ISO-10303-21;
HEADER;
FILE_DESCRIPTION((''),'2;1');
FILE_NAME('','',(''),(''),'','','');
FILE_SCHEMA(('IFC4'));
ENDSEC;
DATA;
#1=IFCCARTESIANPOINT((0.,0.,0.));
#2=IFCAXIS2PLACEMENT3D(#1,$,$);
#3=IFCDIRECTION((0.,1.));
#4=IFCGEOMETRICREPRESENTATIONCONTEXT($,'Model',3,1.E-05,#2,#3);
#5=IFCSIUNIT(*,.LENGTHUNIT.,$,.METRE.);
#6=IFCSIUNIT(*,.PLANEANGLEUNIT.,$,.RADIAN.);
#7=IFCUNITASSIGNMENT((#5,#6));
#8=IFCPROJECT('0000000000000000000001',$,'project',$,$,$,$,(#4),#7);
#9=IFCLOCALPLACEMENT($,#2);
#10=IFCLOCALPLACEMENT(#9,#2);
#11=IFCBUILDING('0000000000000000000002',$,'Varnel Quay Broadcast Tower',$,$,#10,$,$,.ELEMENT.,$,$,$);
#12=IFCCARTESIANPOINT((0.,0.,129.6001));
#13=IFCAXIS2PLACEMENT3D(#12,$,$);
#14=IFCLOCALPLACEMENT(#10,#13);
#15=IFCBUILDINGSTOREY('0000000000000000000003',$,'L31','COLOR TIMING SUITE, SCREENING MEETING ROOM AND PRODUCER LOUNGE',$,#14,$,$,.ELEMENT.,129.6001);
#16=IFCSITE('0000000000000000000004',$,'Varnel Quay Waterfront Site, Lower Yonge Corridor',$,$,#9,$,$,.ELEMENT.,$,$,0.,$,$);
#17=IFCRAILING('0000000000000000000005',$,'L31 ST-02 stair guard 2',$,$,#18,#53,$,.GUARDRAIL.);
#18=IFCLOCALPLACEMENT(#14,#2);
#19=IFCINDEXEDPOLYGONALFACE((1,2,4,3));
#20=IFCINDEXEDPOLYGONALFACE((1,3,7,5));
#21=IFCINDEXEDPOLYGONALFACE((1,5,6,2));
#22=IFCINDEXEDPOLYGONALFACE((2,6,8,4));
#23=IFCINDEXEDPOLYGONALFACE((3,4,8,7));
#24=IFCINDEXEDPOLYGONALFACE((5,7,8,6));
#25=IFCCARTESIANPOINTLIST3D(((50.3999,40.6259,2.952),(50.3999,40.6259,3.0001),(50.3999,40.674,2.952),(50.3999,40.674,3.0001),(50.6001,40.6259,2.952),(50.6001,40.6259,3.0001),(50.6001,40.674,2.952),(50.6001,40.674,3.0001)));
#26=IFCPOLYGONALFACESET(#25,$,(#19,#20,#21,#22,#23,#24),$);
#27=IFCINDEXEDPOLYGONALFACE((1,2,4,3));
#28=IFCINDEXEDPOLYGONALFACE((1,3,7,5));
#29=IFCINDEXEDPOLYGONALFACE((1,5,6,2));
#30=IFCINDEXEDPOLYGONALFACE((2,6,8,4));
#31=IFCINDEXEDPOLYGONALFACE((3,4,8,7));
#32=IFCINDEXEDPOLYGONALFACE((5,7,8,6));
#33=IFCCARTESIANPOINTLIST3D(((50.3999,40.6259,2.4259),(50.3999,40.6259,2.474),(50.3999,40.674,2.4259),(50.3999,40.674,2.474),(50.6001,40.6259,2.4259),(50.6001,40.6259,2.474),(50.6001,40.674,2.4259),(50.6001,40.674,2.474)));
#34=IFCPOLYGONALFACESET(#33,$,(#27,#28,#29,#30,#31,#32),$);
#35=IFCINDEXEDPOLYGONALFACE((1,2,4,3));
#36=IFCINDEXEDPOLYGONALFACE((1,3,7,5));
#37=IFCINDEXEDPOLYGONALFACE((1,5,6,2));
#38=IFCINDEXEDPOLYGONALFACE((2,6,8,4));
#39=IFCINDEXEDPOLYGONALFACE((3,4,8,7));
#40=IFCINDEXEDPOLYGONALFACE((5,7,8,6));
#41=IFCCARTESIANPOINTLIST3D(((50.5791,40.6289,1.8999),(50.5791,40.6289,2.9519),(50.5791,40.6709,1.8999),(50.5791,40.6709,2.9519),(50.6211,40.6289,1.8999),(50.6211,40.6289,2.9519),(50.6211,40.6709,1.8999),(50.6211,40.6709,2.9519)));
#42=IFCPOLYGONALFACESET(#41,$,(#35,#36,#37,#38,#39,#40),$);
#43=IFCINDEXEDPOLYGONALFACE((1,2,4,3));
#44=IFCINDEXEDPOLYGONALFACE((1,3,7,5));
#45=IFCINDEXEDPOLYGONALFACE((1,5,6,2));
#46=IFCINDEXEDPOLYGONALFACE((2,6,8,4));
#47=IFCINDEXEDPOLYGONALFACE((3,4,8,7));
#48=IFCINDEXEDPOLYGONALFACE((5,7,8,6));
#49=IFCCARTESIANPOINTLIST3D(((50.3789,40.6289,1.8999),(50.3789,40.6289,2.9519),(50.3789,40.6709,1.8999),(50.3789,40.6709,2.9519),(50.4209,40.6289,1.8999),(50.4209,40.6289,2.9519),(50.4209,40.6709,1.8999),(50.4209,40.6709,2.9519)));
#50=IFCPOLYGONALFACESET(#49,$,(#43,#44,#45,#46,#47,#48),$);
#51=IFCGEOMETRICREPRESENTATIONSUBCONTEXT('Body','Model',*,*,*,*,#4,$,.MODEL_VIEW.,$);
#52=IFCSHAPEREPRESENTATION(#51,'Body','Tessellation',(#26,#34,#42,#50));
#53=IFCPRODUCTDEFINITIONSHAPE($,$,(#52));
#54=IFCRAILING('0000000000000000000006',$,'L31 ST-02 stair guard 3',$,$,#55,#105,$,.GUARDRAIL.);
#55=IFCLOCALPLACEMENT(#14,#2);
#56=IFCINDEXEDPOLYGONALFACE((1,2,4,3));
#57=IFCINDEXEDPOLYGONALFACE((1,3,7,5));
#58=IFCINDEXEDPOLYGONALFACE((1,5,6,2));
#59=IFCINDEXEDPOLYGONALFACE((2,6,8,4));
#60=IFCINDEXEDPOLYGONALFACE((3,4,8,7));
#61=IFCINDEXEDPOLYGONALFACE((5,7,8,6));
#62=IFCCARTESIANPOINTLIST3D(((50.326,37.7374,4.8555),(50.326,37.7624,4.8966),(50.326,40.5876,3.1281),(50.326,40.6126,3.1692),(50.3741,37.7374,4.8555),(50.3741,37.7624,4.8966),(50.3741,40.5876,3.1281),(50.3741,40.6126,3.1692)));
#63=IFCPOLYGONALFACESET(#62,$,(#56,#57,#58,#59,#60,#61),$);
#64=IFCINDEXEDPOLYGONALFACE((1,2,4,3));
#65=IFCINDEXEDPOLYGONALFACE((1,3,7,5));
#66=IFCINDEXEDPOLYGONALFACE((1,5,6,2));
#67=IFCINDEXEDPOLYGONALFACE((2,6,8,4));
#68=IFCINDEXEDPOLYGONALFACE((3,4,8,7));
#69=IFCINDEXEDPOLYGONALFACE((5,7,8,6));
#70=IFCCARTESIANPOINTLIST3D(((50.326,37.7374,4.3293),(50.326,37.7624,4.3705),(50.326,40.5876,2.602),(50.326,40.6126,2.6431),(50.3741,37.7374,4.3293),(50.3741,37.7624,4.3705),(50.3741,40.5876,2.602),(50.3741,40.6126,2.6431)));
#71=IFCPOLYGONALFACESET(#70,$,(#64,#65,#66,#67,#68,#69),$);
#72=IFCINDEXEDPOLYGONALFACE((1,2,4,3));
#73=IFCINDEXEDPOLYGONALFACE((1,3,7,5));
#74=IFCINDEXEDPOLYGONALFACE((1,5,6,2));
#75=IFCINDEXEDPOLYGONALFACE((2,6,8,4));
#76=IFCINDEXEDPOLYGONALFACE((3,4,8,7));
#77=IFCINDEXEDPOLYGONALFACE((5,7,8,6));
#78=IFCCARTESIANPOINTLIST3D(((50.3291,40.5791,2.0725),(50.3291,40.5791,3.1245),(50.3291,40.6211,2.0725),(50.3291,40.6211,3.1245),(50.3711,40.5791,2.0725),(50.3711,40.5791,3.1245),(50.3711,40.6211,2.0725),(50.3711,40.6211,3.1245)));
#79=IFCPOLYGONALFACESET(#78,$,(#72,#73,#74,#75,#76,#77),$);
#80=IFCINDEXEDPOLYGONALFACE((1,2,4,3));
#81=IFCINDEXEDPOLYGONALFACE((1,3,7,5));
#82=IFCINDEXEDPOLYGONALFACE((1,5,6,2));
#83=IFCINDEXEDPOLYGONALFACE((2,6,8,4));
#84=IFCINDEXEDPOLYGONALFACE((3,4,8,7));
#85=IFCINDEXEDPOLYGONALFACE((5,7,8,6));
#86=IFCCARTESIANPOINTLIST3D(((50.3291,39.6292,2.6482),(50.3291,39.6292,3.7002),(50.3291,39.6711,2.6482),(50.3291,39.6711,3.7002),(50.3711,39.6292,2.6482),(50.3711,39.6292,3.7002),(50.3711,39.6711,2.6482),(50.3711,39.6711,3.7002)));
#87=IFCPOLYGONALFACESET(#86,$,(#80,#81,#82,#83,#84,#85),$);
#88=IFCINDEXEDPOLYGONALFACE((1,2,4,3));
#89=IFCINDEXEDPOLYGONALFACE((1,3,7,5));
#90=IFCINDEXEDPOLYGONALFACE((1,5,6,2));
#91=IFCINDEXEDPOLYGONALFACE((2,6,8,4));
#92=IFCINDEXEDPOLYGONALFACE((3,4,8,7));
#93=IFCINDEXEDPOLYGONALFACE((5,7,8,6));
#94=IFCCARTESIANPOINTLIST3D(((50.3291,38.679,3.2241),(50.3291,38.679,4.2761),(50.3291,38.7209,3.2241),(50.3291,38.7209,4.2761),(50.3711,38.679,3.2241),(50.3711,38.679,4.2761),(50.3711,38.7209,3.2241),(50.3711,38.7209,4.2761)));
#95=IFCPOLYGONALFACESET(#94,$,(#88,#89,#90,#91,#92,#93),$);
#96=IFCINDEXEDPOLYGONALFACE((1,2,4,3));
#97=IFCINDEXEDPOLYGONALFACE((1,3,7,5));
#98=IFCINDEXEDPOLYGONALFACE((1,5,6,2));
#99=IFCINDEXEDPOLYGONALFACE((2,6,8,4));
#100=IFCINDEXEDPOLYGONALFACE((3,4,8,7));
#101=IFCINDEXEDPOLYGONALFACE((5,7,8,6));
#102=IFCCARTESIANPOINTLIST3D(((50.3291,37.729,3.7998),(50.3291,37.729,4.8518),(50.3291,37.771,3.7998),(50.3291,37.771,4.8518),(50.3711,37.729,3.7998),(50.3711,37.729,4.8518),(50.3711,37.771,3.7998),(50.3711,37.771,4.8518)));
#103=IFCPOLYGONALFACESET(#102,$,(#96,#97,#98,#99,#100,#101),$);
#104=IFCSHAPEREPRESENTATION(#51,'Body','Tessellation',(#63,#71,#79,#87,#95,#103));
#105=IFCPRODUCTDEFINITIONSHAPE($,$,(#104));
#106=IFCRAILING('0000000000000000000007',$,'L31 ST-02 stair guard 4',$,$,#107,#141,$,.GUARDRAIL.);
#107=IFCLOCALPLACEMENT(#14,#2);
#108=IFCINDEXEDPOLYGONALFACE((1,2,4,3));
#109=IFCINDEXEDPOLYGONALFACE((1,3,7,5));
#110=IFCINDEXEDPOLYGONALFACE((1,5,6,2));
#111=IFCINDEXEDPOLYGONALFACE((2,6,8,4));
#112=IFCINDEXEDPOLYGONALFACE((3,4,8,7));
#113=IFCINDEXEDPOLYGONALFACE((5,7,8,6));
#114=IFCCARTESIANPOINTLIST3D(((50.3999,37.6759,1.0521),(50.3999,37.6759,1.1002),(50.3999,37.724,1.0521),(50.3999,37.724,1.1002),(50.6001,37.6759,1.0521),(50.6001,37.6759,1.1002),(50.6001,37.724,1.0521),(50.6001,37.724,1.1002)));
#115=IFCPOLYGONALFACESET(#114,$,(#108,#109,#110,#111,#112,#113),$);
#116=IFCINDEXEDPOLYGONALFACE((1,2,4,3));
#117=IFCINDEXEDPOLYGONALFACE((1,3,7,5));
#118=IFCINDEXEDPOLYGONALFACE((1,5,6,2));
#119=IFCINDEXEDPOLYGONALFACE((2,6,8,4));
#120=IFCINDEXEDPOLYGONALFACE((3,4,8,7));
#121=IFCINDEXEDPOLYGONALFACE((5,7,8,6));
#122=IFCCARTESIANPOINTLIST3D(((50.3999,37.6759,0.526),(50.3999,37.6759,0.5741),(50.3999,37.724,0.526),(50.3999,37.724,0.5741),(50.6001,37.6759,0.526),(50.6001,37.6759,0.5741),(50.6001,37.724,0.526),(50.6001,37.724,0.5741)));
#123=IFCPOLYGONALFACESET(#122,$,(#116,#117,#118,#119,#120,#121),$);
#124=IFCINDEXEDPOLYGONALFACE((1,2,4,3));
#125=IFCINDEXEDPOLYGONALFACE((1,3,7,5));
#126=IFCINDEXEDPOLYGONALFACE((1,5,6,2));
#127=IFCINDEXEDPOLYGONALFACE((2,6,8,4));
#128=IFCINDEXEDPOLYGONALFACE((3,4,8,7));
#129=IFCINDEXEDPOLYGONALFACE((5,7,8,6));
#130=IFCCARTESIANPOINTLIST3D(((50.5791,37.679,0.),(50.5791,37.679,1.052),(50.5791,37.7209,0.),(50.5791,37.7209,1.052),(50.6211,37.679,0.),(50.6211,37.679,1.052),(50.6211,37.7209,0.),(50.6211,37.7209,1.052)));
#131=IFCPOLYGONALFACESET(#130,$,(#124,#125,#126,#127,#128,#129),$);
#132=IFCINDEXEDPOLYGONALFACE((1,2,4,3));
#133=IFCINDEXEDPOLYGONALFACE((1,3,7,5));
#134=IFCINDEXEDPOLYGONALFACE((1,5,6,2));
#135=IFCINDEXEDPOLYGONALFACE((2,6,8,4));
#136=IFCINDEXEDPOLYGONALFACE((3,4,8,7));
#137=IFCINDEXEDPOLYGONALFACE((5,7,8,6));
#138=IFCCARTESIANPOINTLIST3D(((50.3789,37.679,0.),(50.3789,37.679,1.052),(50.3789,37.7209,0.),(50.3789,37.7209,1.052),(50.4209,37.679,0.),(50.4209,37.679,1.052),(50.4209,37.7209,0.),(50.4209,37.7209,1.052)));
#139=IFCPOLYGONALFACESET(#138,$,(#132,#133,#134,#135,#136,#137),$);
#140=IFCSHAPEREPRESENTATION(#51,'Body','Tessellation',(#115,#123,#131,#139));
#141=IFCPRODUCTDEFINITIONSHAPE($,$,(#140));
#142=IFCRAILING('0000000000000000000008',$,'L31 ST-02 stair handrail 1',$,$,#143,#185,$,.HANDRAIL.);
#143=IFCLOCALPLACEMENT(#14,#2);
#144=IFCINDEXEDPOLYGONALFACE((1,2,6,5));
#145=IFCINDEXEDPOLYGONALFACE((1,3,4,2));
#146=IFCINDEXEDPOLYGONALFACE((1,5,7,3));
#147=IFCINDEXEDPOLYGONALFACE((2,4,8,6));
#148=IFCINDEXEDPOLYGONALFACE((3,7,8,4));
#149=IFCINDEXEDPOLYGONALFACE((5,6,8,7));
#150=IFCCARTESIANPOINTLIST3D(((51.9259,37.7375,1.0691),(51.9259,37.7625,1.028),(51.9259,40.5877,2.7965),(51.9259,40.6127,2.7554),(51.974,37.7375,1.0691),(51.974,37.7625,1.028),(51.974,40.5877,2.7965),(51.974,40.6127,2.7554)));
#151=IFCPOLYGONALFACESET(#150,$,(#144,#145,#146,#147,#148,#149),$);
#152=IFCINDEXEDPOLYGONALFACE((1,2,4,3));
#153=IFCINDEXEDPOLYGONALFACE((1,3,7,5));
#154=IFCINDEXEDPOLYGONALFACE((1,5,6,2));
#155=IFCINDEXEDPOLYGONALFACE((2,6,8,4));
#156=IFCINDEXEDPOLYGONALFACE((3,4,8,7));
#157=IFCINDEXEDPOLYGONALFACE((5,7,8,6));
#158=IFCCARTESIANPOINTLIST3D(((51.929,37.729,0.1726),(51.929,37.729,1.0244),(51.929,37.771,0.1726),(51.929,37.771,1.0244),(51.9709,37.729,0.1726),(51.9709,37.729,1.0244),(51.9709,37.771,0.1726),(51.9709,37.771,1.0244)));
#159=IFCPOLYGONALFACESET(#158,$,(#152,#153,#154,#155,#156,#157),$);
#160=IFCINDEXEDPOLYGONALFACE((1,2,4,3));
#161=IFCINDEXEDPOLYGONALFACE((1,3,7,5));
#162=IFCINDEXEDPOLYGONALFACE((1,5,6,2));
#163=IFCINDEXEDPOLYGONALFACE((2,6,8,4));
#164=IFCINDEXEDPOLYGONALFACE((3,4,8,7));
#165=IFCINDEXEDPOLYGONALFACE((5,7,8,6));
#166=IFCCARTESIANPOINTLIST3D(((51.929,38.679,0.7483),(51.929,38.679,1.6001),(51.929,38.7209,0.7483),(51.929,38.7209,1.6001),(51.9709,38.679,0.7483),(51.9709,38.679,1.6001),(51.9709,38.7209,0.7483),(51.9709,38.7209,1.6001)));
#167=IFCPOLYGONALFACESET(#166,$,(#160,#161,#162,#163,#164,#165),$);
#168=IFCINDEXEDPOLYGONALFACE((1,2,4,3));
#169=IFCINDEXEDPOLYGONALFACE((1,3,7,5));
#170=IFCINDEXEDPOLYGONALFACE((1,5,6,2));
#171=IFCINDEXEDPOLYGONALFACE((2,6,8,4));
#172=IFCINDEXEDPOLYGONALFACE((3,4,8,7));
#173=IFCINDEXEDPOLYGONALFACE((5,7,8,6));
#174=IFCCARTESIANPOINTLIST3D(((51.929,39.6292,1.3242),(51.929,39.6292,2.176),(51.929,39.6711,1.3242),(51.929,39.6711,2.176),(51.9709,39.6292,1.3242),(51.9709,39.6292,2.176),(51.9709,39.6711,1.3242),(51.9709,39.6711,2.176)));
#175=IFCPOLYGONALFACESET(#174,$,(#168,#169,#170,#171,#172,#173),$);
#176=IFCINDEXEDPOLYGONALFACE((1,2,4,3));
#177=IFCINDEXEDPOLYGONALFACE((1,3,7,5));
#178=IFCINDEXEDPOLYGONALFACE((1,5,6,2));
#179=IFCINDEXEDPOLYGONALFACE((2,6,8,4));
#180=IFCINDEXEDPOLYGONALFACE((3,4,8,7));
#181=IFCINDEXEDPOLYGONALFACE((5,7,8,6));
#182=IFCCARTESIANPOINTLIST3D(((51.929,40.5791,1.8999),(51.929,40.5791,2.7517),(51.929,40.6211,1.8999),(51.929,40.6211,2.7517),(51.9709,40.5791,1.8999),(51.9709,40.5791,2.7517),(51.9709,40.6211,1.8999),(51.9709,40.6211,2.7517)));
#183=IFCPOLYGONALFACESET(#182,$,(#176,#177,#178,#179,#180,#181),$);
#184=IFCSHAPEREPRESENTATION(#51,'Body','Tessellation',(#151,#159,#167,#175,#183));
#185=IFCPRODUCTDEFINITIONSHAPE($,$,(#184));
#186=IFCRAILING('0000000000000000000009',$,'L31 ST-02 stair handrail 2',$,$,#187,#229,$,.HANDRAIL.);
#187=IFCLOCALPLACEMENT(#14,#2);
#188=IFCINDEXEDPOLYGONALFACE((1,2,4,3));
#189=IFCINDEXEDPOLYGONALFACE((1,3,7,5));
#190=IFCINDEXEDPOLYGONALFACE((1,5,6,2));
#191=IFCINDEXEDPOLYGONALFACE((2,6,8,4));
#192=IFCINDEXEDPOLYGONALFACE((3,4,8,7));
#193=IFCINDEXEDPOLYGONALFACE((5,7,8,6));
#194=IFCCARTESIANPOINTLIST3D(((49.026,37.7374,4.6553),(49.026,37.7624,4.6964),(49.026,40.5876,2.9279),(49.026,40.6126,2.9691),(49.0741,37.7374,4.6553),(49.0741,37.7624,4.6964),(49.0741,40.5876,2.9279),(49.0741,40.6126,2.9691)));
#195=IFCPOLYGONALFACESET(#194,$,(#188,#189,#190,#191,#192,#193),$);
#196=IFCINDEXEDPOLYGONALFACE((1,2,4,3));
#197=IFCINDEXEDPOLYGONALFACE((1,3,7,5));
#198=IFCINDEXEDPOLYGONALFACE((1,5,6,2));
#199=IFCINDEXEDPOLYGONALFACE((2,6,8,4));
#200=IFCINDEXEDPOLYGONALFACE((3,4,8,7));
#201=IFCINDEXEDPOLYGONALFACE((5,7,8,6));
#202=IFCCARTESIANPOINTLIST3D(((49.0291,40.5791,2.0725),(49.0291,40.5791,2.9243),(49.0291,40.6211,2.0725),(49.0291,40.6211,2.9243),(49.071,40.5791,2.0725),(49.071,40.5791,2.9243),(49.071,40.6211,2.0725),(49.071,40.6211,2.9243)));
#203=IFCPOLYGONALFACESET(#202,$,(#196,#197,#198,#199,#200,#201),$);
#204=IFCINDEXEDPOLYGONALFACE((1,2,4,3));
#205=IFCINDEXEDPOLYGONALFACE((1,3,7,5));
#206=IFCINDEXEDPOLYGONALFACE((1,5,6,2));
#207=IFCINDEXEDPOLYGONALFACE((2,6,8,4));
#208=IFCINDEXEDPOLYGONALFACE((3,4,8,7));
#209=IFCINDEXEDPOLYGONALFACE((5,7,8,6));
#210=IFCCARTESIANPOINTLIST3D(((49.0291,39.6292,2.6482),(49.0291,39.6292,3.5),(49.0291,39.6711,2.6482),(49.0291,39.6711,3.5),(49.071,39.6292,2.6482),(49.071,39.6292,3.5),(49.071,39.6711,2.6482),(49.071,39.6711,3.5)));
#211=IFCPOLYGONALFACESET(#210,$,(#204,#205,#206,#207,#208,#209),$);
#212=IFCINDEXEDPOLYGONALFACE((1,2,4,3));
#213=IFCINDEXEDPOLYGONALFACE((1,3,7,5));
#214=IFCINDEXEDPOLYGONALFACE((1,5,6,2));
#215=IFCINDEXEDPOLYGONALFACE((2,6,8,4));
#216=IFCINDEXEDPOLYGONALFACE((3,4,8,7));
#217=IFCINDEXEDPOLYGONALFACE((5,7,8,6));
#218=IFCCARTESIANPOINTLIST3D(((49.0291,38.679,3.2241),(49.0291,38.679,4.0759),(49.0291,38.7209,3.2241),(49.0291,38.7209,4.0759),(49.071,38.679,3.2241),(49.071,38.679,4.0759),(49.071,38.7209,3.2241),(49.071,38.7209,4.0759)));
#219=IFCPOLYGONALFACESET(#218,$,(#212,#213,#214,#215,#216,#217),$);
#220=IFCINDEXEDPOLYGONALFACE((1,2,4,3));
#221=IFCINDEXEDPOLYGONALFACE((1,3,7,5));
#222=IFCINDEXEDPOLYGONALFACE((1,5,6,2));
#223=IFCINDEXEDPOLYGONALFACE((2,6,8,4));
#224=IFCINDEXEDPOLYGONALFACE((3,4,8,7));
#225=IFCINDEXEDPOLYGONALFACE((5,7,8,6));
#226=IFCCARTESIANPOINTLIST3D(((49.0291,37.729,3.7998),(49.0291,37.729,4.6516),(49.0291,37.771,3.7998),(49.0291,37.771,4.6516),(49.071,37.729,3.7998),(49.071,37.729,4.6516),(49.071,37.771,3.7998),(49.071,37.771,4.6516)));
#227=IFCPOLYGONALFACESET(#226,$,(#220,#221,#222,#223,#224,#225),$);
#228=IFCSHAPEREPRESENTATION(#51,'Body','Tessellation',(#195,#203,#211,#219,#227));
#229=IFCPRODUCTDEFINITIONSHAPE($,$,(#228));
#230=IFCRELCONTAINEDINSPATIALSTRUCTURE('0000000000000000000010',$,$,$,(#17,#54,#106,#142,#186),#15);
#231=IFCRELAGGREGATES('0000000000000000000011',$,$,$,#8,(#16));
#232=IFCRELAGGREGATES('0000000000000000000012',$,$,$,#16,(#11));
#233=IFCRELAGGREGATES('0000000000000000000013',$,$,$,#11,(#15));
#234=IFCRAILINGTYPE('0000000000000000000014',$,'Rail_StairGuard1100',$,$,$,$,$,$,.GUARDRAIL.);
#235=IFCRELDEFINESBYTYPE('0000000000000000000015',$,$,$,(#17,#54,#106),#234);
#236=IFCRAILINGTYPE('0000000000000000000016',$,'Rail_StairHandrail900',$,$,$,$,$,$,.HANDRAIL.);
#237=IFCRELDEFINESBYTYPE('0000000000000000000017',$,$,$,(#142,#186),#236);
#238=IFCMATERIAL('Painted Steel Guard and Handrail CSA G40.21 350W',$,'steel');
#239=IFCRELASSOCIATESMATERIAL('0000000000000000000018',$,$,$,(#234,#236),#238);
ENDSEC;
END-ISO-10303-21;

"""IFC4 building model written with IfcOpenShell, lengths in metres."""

from ifc_helpers import new_model, si_unit, direction, frame, origin, origin_2d, place, context, subcontext, project, spatial, rectangle, extrude, material, type_object, element, save


model = new_model("IFC4")

# Units and contexts
model_context = context("Model", 3, precision=1e-05, world=origin(), true_north=direction((0.0, 1.0)))
body_context = subcontext(model_context, "Body", "Model", "MODEL_VIEW")
ifc_project = project(units=[si_unit("LENGTHUNIT", "METRE"), si_unit("PLANEANGLEUNIT", "RADIAN")], contexts=[model_context])

# Site, building, storey
site_placement = place(None, origin())
site = spatial("IfcSite", under=ifc_project, at=site_placement, Name="Varnel Quay Waterfront Site, Lower Yonge Corridor", CompositionType="ELEMENT", RefElevation=0.0)
building_placement = place(site_placement, origin())
building = spatial("IfcBuilding", under=site, at=building_placement, Name="Varnel Quay Broadcast Tower", CompositionType="ELEMENT")
storey_placement = place(building_placement, frame((0.0, 0.0, 129.6001)))
storey = spatial("IfcBuildingStorey", under=building, at=storey_placement, Name="L31", Description="COLOR TIMING SUITE, SCREENING MEETING ROOM AND PRODUCER LOUNGE", CompositionType="ELEMENT", Elevation=129.6001)

# Railings
ifc_material_1 = material(Name="Painted Steel Guard and Handrail CSA G40.21 350W", Category="steel")
railing_type_1 = type_object("IfcRailingType", Name="Rail_StairGuard1100", PredefinedType="GUARDRAIL", material=ifc_material_1)
railing_1_placement = place(storey_placement, frame((50.6001, 40.6499, 1.8999)))
element("IfcRailing", 1, at=railing_1_placement, inside=storey, type_object=railing_type_1, Name="L31 ST-02 stair guard 2", PredefinedType="GUARDRAIL", context=body_context, shape_type="SweptSolid", body=[
    extrude(rectangle(XDim=0.0481, YDim=0.0481, at=origin_2d()), frame((0.0, 0.0, 1.0762), z_axis=(-1.0, 0.0, 0.0), x_axis=(0.0, -1.0, 0.0)), (0.0, 0.0, 1.0), 0.2002),
    extrude(rectangle(XDim=0.0481, YDim=0.0481, at=origin_2d()), frame((0.0, 0.0, 0.55), z_axis=(-1.0, 0.0, 0.0), x_axis=(0.0, -1.0, 0.0)), (0.0, 0.0, 1.0), 0.2002),
    extrude(rectangle(XDim=0.042, YDim=0.042, at=origin_2d()), origin(), (0.0, 0.0, 1.0), 1.052),
    extrude(rectangle(XDim=0.042, YDim=0.042, at=origin_2d()), frame((-0.2002, 0.0, 0.0)), (0.0, 0.0, 1.0), 1.052),
])
railing_2_placement = place(storey_placement, frame((50.3501, 40.6001, 2.0725)))
element("IfcRailing", 2, at=railing_2_placement, inside=storey, type_object=railing_type_1, Name="L31 ST-02 stair guard 3", PredefinedType="GUARDRAIL", context=body_context, shape_type="SweptSolid", body=[
    extrude(rectangle(XDim=0.0481, YDim=0.0481, at=origin_2d()), frame((0.0, 0.0, 1.0762), z_axis=(0.0, -0.855203, 0.518294), x_axis=(1.0, 0.0, 0.0)), (0.0, 0.0, 1.0), 3.3328),
    extrude(rectangle(XDim=0.0481, YDim=0.0481, at=origin_2d()), frame((0.0, 0.0, 0.55), z_axis=(0.0, -0.855203, 0.518294), x_axis=(1.0, 0.0, 0.0)), (0.0, 0.0, 1.0), 3.3328),
    extrude(rectangle(XDim=0.042, YDim=0.042, at=origin_2d()), origin(), (0.0, 0.0, 1.0), 1.052),
    extrude(rectangle(XDim=0.042, YDim=0.042, at=origin_2d()), frame((0.0, -0.95, 0.5757)), (0.0, 0.0, 1.0), 1.052),
    extrude(rectangle(XDim=0.042, YDim=0.042, at=origin_2d()), frame((0.0, -1.9001, 1.1516)), (0.0, 0.0, 1.0), 1.052),
    extrude(rectangle(XDim=0.042, YDim=0.042, at=origin_2d()), frame((0.0, -2.8501, 1.7273)), (0.0, 0.0, 1.0), 1.052),
])
railing_3_placement = place(storey_placement, frame((50.6001, 37.7, 0.0)))
element("IfcRailing", 3, at=railing_3_placement, inside=storey, type_object=railing_type_1, Name="L31 ST-02 stair guard 4", PredefinedType="GUARDRAIL", context=body_context, shape_type="SweptSolid", body=[
    extrude(rectangle(XDim=0.0481, YDim=0.0481, at=origin_2d()), frame((0.0, 0.0, 1.0762), z_axis=(-1.0, 0.0, 0.0), x_axis=(0.0, -1.0, 0.0)), (0.0, 0.0, 1.0), 0.2002),
    extrude(rectangle(XDim=0.0481, YDim=0.0481, at=origin_2d()), frame((0.0, 0.0, 0.55), z_axis=(-1.0, 0.0, 0.0), x_axis=(0.0, -1.0, 0.0)), (0.0, 0.0, 1.0), 0.2002),
    extrude(rectangle(XDim=0.042, YDim=0.042, at=origin_2d()), origin(), (0.0, 0.0, 1.0), 1.052),
    extrude(rectangle(XDim=0.042, YDim=0.042, at=origin_2d()), frame((-0.2002, 0.0, 0.0)), (0.0, 0.0, 1.0), 1.052),
])
railing_type_2 = type_object("IfcRailingType", Name="Rail_StairHandrail900", PredefinedType="HANDRAIL", material=ifc_material_1)
railing_4_placement = place(storey_placement, frame((51.95, 37.75, 0.1726)))
element("IfcRailing", 4, at=railing_4_placement, inside=storey, type_object=railing_type_2, Name="L31 ST-02 stair handrail 1", PredefinedType="HANDRAIL", context=body_context, shape_type="SweptSolid", body=[
    extrude(rectangle(XDim=0.0481, YDim=0.0481, at=origin_2d()), frame((0.0, 0.0, 0.876), z_axis=(0.0, 0.855203, 0.518294), x_axis=(-1.0, 0.0, 0.0)), (0.0, 0.0, 1.0), 3.3328),
    extrude(rectangle(XDim=0.042, YDim=0.042, at=origin_2d()), origin(), (0.0, 0.0, 1.0), 0.8518),
    extrude(rectangle(XDim=0.042, YDim=0.042, at=origin_2d()), frame((0.0, 0.95, 0.5757)), (0.0, 0.0, 1.0), 0.8518),
    extrude(rectangle(XDim=0.042, YDim=0.042, at=origin_2d()), frame((0.0, 1.9001, 1.1516)), (0.0, 0.0, 1.0), 0.8518),
    extrude(rectangle(XDim=0.042, YDim=0.042, at=origin_2d()), frame((0.0, 2.8501, 1.7273)), (0.0, 0.0, 1.0), 0.8518),
])
railing_5_placement = place(storey_placement, frame((49.05, 40.6001, 2.0725)))
element("IfcRailing", 5, at=railing_5_placement, inside=storey, type_object=railing_type_2, Name="L31 ST-02 stair handrail 2", PredefinedType="HANDRAIL", context=body_context, shape_type="SweptSolid", body=[
    extrude(rectangle(XDim=0.0481, YDim=0.0481, at=origin_2d()), frame((0.0, 0.0, 0.876), z_axis=(0.0, -0.855203, 0.518294), x_axis=(1.0, 0.0, 0.0)), (0.0, 0.0, 1.0), 3.3328),
    extrude(rectangle(XDim=0.042, YDim=0.042, at=origin_2d()), origin(), (0.0, 0.0, 1.0), 0.8518),
    extrude(rectangle(XDim=0.042, YDim=0.042, at=origin_2d()), frame((0.0, -0.95, 0.5757)), (0.0, 0.0, 1.0), 0.8518),
    extrude(rectangle(XDim=0.042, YDim=0.042, at=origin_2d()), frame((0.0, -1.9001, 1.1516)), (0.0, 0.0, 1.0), 0.8518),
    extrude(rectangle(XDim=0.042, YDim=0.042, at=origin_2d()), frame((0.0, -2.8501, 1.7273)), (0.0, 0.0, 1.0), 0.8518),
])

save(model, "model.ifc")
